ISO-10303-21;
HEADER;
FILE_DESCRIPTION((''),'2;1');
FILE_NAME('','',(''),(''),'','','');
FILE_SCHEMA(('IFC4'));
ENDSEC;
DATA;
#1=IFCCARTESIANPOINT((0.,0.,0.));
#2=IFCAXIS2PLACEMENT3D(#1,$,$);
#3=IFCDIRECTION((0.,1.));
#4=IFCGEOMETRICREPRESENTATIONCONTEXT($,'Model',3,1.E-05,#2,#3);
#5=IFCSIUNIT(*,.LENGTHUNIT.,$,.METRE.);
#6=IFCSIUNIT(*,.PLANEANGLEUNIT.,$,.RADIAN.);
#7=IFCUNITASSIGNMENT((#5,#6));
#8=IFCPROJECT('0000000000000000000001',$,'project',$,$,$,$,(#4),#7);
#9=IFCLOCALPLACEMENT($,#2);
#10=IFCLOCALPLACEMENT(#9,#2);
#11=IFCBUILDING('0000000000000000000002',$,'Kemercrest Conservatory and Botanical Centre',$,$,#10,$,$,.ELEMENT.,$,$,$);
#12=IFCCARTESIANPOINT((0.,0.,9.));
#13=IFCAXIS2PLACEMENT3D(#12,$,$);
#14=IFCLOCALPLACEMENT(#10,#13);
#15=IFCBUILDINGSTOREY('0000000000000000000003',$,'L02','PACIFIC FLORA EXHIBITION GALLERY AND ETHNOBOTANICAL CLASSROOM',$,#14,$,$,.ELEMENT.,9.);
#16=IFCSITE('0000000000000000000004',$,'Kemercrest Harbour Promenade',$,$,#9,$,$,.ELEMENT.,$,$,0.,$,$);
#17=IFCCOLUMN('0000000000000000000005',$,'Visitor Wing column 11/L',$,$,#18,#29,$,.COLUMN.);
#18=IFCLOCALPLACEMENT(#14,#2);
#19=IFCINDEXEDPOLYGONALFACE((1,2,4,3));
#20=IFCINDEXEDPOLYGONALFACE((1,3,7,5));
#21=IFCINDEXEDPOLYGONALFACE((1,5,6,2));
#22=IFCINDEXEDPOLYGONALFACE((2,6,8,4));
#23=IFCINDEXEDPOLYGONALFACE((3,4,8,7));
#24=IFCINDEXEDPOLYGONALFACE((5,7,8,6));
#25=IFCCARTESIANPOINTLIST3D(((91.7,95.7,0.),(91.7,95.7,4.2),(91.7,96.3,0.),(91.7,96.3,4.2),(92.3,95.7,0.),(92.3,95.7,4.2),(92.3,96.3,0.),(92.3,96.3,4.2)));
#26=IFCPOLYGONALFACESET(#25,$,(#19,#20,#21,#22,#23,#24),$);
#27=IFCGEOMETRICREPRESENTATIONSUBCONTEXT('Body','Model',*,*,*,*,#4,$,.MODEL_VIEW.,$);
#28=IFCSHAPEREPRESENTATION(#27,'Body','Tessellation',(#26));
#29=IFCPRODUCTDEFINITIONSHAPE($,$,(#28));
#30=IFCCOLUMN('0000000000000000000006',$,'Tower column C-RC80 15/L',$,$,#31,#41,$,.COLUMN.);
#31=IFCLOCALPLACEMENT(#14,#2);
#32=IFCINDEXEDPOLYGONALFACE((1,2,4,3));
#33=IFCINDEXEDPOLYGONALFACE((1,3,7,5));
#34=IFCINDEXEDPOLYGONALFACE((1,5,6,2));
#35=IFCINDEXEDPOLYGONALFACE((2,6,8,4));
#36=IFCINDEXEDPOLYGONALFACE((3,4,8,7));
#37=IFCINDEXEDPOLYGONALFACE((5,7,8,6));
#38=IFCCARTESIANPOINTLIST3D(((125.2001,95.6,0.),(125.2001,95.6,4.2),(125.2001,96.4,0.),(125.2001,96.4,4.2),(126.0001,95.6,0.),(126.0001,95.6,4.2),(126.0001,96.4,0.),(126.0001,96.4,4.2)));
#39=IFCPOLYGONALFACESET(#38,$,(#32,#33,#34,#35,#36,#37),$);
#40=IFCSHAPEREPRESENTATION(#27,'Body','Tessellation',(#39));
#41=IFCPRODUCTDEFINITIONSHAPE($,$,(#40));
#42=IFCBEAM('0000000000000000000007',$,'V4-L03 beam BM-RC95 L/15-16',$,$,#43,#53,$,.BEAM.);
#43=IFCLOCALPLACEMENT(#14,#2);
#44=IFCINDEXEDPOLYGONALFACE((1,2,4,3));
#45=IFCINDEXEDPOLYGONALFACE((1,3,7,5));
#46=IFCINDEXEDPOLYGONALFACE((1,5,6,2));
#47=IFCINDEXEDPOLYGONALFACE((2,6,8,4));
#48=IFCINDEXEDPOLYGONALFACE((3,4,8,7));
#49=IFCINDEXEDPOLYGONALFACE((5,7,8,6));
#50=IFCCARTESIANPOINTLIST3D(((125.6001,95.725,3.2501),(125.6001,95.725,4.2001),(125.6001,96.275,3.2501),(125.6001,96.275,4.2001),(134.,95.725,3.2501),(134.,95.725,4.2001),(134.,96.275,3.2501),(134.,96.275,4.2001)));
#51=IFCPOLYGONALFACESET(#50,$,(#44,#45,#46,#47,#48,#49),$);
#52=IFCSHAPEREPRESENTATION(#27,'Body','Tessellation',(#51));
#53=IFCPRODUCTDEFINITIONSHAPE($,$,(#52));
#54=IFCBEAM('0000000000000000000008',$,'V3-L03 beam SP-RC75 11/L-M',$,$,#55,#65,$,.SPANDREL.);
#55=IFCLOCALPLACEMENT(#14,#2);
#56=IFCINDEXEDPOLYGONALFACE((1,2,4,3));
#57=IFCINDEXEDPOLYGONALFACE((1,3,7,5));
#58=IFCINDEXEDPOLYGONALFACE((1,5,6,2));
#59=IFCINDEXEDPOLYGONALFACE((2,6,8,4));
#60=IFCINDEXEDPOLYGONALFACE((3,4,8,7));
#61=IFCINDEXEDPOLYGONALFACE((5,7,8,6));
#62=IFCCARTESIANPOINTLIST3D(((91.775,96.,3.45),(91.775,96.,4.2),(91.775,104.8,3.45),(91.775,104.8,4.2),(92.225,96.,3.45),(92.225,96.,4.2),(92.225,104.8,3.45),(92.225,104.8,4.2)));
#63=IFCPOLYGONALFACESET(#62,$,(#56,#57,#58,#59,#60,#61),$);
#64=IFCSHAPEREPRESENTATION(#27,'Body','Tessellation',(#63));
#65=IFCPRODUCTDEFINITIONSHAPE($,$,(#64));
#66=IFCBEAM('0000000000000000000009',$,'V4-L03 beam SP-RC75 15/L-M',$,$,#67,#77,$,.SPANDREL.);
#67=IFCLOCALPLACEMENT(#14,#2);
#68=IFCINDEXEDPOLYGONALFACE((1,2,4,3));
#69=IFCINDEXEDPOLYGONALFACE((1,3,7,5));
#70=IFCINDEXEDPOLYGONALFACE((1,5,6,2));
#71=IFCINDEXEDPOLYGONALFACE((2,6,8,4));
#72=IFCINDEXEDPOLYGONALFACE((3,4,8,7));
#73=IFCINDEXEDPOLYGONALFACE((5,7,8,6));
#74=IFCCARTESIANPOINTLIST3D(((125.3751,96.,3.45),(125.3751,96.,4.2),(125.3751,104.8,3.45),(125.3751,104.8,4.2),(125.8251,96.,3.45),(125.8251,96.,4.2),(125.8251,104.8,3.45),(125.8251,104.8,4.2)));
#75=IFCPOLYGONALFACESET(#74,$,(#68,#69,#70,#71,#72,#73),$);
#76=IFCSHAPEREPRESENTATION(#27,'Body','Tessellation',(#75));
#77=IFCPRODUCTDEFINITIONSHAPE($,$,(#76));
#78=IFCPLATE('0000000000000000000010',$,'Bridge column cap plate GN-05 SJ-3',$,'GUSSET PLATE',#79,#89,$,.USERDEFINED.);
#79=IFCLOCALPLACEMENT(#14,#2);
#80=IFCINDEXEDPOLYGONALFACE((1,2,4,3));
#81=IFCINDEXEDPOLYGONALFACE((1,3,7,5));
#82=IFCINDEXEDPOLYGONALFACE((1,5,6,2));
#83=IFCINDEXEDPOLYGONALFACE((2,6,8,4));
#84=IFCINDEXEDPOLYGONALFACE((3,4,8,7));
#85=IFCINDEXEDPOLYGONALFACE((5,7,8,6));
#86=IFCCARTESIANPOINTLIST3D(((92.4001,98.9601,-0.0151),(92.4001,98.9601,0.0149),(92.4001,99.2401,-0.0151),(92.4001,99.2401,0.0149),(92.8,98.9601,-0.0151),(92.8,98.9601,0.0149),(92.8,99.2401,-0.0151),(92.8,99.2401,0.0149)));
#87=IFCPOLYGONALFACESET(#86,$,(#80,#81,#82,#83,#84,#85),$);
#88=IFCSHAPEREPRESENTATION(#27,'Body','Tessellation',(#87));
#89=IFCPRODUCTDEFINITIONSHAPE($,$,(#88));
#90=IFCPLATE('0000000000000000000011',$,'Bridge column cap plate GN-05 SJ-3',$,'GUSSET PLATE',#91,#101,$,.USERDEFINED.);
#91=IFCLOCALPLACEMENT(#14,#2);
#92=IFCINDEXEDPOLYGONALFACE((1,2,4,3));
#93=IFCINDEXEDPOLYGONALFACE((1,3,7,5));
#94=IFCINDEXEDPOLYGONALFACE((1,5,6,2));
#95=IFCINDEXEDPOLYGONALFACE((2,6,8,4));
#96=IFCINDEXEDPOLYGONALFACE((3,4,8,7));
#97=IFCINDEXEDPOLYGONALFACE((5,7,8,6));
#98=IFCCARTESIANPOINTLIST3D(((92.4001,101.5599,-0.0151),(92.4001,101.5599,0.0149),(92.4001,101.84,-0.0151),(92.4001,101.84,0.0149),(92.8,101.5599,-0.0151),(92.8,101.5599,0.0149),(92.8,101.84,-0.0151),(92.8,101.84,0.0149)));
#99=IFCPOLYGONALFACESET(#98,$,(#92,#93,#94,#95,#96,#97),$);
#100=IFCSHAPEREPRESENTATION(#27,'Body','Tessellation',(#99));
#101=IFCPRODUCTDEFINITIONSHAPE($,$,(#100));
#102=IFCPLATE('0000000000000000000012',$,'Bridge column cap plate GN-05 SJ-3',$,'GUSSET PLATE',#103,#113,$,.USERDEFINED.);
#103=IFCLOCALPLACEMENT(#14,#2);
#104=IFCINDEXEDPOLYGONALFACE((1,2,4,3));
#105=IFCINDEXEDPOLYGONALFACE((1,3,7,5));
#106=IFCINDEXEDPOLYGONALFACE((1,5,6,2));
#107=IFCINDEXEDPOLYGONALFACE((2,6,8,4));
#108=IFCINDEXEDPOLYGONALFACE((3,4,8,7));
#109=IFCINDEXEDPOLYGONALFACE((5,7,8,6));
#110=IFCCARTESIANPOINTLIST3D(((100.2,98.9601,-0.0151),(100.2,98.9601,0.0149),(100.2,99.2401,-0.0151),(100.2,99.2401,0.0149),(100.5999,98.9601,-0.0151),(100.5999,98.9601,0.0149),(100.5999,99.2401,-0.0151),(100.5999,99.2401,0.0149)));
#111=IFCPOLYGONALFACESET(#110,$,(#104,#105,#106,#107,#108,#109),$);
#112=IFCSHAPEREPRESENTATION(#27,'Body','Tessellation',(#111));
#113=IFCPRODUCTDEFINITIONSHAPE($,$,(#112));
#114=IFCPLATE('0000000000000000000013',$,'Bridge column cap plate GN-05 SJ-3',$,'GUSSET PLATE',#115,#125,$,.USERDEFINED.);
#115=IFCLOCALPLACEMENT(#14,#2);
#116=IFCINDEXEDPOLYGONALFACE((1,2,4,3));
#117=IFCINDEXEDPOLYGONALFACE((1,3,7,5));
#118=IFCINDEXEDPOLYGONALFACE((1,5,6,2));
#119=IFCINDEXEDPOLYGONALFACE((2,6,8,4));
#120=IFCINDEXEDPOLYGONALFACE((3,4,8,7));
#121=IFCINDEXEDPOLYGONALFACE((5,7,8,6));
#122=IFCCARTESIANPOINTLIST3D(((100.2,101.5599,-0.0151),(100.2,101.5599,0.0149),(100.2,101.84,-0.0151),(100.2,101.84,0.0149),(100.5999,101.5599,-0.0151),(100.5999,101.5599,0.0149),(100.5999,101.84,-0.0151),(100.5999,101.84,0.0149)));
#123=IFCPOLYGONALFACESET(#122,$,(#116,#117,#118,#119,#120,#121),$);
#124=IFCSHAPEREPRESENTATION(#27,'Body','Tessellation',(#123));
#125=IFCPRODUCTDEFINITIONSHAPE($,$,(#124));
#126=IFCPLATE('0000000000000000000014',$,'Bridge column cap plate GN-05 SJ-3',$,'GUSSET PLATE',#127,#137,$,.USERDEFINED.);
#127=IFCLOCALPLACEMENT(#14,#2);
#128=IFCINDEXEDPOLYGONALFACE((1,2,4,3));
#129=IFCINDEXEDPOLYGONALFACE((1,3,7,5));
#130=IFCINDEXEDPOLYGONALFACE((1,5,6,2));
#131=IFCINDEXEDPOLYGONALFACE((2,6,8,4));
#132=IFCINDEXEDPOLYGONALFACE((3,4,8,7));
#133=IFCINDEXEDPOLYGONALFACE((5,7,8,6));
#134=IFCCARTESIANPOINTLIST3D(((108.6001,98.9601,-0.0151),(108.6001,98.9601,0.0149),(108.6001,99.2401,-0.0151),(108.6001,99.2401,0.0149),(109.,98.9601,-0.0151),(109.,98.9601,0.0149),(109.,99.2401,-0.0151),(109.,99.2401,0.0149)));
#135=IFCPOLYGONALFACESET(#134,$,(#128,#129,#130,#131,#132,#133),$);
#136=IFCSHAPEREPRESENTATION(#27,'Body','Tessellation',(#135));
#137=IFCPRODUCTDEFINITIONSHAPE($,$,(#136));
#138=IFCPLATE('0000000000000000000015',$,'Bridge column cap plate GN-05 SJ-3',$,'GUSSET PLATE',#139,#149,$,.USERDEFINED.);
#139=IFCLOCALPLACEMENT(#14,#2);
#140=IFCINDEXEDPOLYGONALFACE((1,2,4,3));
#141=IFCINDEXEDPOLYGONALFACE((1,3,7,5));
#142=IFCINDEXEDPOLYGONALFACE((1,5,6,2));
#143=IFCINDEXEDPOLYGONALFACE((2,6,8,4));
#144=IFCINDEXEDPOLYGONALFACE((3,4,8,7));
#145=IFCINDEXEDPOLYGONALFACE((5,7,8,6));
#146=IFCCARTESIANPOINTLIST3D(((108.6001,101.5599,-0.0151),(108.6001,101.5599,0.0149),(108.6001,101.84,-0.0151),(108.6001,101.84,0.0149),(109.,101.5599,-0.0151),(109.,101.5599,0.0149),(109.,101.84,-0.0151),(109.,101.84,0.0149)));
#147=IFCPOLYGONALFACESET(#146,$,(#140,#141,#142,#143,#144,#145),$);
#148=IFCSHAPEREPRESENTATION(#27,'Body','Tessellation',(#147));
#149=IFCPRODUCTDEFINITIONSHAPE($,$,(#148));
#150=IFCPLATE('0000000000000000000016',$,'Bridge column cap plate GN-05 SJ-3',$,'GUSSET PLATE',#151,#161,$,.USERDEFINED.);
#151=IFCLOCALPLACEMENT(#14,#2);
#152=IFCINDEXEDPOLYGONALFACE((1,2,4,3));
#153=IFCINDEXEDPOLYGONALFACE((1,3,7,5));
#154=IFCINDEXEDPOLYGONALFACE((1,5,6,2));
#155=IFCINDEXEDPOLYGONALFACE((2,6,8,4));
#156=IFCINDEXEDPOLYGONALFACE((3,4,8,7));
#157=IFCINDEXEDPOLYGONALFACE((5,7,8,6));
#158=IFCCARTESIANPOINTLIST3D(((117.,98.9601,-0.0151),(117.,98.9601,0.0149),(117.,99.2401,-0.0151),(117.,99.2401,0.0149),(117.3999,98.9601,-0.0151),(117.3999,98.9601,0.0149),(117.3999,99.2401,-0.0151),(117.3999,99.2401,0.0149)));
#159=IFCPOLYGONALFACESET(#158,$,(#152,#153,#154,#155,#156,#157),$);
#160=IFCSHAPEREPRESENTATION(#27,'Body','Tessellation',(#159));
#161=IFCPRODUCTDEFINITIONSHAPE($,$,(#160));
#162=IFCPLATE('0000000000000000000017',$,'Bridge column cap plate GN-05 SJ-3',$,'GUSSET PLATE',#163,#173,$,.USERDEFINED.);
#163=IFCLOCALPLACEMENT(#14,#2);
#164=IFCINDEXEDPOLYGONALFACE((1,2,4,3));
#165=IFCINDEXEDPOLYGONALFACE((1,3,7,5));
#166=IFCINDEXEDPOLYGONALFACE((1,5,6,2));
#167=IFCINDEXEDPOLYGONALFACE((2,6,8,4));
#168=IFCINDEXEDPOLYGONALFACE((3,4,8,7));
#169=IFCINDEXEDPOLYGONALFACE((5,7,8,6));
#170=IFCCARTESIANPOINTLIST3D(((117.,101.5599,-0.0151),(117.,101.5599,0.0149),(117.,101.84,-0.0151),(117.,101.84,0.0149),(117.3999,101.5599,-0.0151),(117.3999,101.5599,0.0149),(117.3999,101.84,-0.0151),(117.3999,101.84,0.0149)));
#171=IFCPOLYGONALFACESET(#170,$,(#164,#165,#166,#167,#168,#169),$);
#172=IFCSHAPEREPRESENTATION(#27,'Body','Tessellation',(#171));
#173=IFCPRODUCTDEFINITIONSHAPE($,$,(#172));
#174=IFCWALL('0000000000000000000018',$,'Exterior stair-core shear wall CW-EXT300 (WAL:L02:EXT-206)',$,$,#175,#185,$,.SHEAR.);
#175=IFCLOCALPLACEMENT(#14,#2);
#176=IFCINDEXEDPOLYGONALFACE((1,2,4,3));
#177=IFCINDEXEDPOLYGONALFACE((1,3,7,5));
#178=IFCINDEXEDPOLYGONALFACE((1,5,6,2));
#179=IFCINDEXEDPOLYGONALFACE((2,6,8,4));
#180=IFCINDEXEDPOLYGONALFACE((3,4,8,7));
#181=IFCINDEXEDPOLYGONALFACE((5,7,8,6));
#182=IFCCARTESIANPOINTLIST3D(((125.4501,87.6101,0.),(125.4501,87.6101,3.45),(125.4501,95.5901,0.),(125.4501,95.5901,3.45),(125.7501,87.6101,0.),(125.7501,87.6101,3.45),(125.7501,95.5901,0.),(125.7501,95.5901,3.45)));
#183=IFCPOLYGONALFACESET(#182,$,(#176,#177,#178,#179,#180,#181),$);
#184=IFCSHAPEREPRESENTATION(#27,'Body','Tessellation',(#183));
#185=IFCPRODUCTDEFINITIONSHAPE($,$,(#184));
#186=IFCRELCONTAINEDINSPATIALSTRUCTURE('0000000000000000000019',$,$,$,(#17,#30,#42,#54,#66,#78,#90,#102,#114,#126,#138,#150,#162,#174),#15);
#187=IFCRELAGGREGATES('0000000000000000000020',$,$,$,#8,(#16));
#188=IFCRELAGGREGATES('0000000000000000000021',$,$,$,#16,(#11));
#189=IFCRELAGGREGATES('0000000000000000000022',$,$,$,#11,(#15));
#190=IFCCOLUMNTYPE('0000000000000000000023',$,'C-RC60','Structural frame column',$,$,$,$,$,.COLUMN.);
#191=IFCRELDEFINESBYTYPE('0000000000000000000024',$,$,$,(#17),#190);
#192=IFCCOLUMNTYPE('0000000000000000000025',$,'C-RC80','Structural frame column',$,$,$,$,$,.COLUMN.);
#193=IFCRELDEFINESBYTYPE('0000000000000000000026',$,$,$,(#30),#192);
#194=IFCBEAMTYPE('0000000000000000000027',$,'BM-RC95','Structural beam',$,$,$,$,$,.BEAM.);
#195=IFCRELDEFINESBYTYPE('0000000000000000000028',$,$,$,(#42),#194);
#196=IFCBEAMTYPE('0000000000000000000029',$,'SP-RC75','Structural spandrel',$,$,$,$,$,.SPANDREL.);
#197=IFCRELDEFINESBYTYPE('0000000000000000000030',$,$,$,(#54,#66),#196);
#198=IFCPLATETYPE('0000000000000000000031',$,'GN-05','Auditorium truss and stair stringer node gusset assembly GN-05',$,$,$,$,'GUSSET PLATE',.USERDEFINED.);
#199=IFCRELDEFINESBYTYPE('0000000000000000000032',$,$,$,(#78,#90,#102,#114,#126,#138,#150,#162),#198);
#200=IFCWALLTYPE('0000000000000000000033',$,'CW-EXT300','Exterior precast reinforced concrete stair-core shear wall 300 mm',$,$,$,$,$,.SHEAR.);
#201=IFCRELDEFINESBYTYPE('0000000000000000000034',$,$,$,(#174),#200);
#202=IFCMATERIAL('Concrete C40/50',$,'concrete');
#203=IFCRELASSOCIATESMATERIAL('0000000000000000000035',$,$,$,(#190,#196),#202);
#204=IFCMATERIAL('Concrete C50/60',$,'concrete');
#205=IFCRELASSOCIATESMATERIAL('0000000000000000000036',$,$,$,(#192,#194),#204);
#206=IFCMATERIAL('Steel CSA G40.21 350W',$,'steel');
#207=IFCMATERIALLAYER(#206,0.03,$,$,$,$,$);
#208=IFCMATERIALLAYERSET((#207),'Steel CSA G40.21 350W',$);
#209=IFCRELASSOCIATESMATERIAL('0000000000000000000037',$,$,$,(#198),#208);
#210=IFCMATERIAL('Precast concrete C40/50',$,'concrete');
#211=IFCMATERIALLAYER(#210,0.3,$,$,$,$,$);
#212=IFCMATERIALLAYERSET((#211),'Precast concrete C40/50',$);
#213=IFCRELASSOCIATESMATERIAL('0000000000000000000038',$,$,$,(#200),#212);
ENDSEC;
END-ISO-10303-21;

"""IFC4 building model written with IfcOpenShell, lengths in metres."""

from ifc_helpers import new_model, si_unit, direction, frame, frame_2d, origin, origin_2d, place, context, subcontext, project, spatial, rectangle, extrude, material, layer, layer_set, material_profile, profile_set, type_object, element, save


model = new_model("IFC4")

# Units and contexts
model_context = context("Model", 3, precision=1e-05, world=origin(), true_north=direction((0.0, 1.0)))
body_context = subcontext(model_context, "Body", "Model", "MODEL_VIEW")
ifc_project = project(units=[si_unit("LENGTHUNIT", "METRE"), si_unit("PLANEANGLEUNIT", "RADIAN")], contexts=[model_context])

# Site, building, storey
site_placement = place(None, origin())
site = spatial("IfcSite", under=ifc_project, at=site_placement, Name="Kemercrest Harbour Promenade", CompositionType="ELEMENT", RefElevation=0.0)
building_placement = place(site_placement, origin())
building = spatial("IfcBuilding", under=site, at=building_placement, Name="Kemercrest Conservatory and Botanical Centre", CompositionType="ELEMENT")
storey_placement = place(building_placement, frame((0.0, 0.0, 9.0)))
storey = spatial("IfcBuildingStorey", under=building, at=storey_placement, Name="L02", Description="PACIFIC FLORA EXHIBITION GALLERY AND ETHNOBOTANICAL CLASSROOM", CompositionType="ELEMENT", Elevation=9.0)

# Columns
ifc_material_1 = material(Name="Concrete C40/50", Category="concrete")
ifc_material_profile_1 = material_profile(ifc_material_1, rectangle(XDim=0.6001, YDim=0.6001, at=origin_2d()), Name="RC 600x600")
ifc_profile_set_1 = profile_set([ifc_material_profile_1], Name="Concrete C40/50")
column_type_1 = type_object("IfcColumnType", Name="C-RC60", Description="Structural frame column", PredefinedType="COLUMN", material=ifc_profile_set_1)
column_1_placement = place(storey_placement, frame((92.0, 96.0, 0.0), z_axis=(0.0, 0.0, 1.0), x_axis=(1.0, 0.0, 0.0)))
element("IfcColumn", 1, at=column_1_placement, inside=storey, type_object=column_type_1, Name="Visitor Wing column 11/L", PredefinedType="COLUMN", context=body_context, shape_type="SweptSolid", body=[
    extrude(rectangle(XDim=0.6001, YDim=0.6001, at=origin_2d()), origin(), (0.0, 0.0, 1.0), 4.2),
])
ifc_material_2 = material(Name="Concrete C50/60", Category="concrete")
ifc_material_profile_2 = material_profile(ifc_material_2, rectangle(XDim=0.8, YDim=0.8, at=origin_2d()), Name="RC 800x800")
ifc_profile_set_2 = profile_set([ifc_material_profile_2], Name="Concrete C50/60")
column_type_2 = type_object("IfcColumnType", Name="C-RC80", Description="Structural frame column", PredefinedType="COLUMN", material=ifc_profile_set_2)
column_2_placement = place(storey_placement, frame((125.6001, 96.0, 0.0), z_axis=(0.0, 0.0, 1.0), x_axis=(1.0, 0.0, 0.0)))
element("IfcColumn", 2, at=column_2_placement, inside=storey, type_object=column_type_2, Name="Tower column C-RC80 15/L", PredefinedType="COLUMN", context=body_context, shape_type="SweptSolid", body=[
    extrude(rectangle(XDim=0.8, YDim=0.8, at=origin_2d()), origin(), (0.0, 0.0, 1.0), 4.2),
])

# Beams
ifc_material_profile_3 = material_profile(ifc_material_2, rectangle(XDim=0.55, YDim=0.95, at=origin_2d()), Name="RC 550x950")
ifc_profile_set_3 = profile_set([ifc_material_profile_3], Name="Concrete C50/60")
beam_type_1 = type_object("IfcBeamType", Name="BM-RC95", Description="Structural beam", PredefinedType="BEAM", material=ifc_profile_set_3)
beam_placement = place(storey_placement, frame((125.6001, 96.0, 3.7251), z_axis=(1.0, 0.0, 0.0), x_axis=(0.0, 1.0, 0.0)))
element("IfcBeam", 3, at=beam_placement, inside=storey, type_object=beam_type_1, Name="V4-L03 beam BM-RC95 L/15-16", PredefinedType="BEAM", context=body_context, shape_type="SweptSolid", body=[
    extrude(rectangle(XDim=0.55, YDim=0.95, at=origin_2d()), origin(), (0.0, 0.0, 1.0), 8.3999),
])
ifc_material_profile_4 = material_profile(ifc_material_1, rectangle(XDim=0.45, YDim=0.75, at=origin_2d()), Name="RC 450x750")
ifc_profile_set_4 = profile_set([ifc_material_profile_4], Name="Concrete C40/50")
beam_type_2 = type_object("IfcBeamType", Name="SP-RC75", Description="Structural spandrel", PredefinedType="SPANDREL", material=ifc_profile_set_4)
for number, where, z_axis, x_axis, name in (
    (4, (92.0, 96.0, 3.825), (0.0, 1.0, 0.0), (-1.0, 0.0, 0.0), "V3-L03 beam SP-RC75 11/L-M"),
    (5, (125.6001, 96.0, 3.825), (0.0, 1.0, 0.0), (-1.0, 0.0, 0.0), "V4-L03 beam SP-RC75 15/L-M"),
):
    element("IfcBeam", number, at=place(storey_placement, frame(where, z_axis=z_axis, x_axis=x_axis)), inside=storey, type_object=beam_type_2, Name=name, PredefinedType="SPANDREL", context=body_context, shape_type="SweptSolid", body=[
        extrude(rectangle(XDim=0.45, YDim=0.75, at=origin_2d()), origin(), (0.0, 0.0, 1.0), 8.8),
    ])

# Plates
ifc_material_3 = material(Name="Steel CSA G40.21 350W", Category="steel")
ifc_layer_1 = layer(ifc_material_3, 0.03)
ifc_layer_set_1 = layer_set([ifc_layer_1], Name="Steel CSA G40.21 350W")
plate_type = type_object("IfcPlateType", Name="GN-05", Description="Auditorium truss and stair stringer node gusset assembly GN-05", ElementType="GUSSET PLATE", PredefinedType="USERDEFINED", material=ifc_layer_set_1)
for number, where, z_axis, x_axis, name in (
    (6, (92.6001, 99.1001, -0.0151), (0.0, 0.0, 1.0), (1.0, 0.0, 0.0), "Bridge column cap plate GN-05 SJ-3"),
    (7, (92.6001, 101.7, -0.0151), (0.0, 0.0, 1.0), (1.0, 0.0, 0.0), "Bridge column cap plate GN-05 SJ-3"),
    (8, (100.3999, 99.1001, -0.0151), (0.0, 0.0, 1.0), (1.0, 0.0, 0.0), "Bridge column cap plate GN-05 SJ-3"),
    (9, (100.3999, 101.7, -0.0151), (0.0, 0.0, 1.0), (1.0, 0.0, 0.0), "Bridge column cap plate GN-05 SJ-3"),
    (10, (108.8, 99.1001, -0.0151), (0.0, 0.0, 1.0), (1.0, 0.0, 0.0), "Bridge column cap plate GN-05 SJ-3"),
    (11, (108.8, 101.7, -0.0151), (0.0, 0.0, 1.0), (1.0, 0.0, 0.0), "Bridge column cap plate GN-05 SJ-3"),
    (12, (117.2, 99.1001, -0.0151), (0.0, 0.0, 1.0), (1.0, 0.0, 0.0), "Bridge column cap plate GN-05 SJ-3"),
    (13, (117.2, 101.7, -0.0151), (0.0, 0.0, 1.0), (1.0, 0.0, 0.0), "Bridge column cap plate GN-05 SJ-3"),
):
    element("IfcPlate", number, at=place(storey_placement, frame(where, z_axis=z_axis, x_axis=x_axis)), inside=storey, type_object=plate_type, Name=name, ObjectType="GUSSET PLATE", PredefinedType="USERDEFINED", context=body_context, shape_type="SweptSolid", body=[
        extrude(rectangle(XDim=0.3999, YDim=0.28, at=origin_2d()), origin(), (0.0, 0.0, 1.0), 0.03),
    ])

# Wall
ifc_material_4 = material(Name="Precast concrete C40/50", Category="concrete")
ifc_layer_2 = layer(ifc_material_4, 0.3)
ifc_layer_set_2 = layer_set([ifc_layer_2], Name="Precast concrete C40/50")
wall_type_1 = type_object("IfcWallType", Name="CW-EXT300", Description="Exterior precast reinforced concrete stair-core shear wall 300 mm", PredefinedType="SHEAR", material=ifc_layer_set_2)
wall_1_placement = place(storey_placement, frame((125.6001, 95.5901, 0.0), z_axis=(0.0, 0.0, 1.0), x_axis=(0.0, -1.0, 0.0)))
element("IfcWall", 14, at=wall_1_placement, inside=storey, type_object=wall_type_1, Name="Exterior stair-core shear wall CW-EXT300 (WAL:L02:EXT-206)", PredefinedType="SHEAR", context=body_context, shape_type="SweptSolid", body=[
    extrude(rectangle(XDim=7.98, YDim=0.3, at=frame_2d((3.99, 0.0))), origin(), (0.0, 0.0, 1.0), 3.45),
])

save(model, "model.ifc")
